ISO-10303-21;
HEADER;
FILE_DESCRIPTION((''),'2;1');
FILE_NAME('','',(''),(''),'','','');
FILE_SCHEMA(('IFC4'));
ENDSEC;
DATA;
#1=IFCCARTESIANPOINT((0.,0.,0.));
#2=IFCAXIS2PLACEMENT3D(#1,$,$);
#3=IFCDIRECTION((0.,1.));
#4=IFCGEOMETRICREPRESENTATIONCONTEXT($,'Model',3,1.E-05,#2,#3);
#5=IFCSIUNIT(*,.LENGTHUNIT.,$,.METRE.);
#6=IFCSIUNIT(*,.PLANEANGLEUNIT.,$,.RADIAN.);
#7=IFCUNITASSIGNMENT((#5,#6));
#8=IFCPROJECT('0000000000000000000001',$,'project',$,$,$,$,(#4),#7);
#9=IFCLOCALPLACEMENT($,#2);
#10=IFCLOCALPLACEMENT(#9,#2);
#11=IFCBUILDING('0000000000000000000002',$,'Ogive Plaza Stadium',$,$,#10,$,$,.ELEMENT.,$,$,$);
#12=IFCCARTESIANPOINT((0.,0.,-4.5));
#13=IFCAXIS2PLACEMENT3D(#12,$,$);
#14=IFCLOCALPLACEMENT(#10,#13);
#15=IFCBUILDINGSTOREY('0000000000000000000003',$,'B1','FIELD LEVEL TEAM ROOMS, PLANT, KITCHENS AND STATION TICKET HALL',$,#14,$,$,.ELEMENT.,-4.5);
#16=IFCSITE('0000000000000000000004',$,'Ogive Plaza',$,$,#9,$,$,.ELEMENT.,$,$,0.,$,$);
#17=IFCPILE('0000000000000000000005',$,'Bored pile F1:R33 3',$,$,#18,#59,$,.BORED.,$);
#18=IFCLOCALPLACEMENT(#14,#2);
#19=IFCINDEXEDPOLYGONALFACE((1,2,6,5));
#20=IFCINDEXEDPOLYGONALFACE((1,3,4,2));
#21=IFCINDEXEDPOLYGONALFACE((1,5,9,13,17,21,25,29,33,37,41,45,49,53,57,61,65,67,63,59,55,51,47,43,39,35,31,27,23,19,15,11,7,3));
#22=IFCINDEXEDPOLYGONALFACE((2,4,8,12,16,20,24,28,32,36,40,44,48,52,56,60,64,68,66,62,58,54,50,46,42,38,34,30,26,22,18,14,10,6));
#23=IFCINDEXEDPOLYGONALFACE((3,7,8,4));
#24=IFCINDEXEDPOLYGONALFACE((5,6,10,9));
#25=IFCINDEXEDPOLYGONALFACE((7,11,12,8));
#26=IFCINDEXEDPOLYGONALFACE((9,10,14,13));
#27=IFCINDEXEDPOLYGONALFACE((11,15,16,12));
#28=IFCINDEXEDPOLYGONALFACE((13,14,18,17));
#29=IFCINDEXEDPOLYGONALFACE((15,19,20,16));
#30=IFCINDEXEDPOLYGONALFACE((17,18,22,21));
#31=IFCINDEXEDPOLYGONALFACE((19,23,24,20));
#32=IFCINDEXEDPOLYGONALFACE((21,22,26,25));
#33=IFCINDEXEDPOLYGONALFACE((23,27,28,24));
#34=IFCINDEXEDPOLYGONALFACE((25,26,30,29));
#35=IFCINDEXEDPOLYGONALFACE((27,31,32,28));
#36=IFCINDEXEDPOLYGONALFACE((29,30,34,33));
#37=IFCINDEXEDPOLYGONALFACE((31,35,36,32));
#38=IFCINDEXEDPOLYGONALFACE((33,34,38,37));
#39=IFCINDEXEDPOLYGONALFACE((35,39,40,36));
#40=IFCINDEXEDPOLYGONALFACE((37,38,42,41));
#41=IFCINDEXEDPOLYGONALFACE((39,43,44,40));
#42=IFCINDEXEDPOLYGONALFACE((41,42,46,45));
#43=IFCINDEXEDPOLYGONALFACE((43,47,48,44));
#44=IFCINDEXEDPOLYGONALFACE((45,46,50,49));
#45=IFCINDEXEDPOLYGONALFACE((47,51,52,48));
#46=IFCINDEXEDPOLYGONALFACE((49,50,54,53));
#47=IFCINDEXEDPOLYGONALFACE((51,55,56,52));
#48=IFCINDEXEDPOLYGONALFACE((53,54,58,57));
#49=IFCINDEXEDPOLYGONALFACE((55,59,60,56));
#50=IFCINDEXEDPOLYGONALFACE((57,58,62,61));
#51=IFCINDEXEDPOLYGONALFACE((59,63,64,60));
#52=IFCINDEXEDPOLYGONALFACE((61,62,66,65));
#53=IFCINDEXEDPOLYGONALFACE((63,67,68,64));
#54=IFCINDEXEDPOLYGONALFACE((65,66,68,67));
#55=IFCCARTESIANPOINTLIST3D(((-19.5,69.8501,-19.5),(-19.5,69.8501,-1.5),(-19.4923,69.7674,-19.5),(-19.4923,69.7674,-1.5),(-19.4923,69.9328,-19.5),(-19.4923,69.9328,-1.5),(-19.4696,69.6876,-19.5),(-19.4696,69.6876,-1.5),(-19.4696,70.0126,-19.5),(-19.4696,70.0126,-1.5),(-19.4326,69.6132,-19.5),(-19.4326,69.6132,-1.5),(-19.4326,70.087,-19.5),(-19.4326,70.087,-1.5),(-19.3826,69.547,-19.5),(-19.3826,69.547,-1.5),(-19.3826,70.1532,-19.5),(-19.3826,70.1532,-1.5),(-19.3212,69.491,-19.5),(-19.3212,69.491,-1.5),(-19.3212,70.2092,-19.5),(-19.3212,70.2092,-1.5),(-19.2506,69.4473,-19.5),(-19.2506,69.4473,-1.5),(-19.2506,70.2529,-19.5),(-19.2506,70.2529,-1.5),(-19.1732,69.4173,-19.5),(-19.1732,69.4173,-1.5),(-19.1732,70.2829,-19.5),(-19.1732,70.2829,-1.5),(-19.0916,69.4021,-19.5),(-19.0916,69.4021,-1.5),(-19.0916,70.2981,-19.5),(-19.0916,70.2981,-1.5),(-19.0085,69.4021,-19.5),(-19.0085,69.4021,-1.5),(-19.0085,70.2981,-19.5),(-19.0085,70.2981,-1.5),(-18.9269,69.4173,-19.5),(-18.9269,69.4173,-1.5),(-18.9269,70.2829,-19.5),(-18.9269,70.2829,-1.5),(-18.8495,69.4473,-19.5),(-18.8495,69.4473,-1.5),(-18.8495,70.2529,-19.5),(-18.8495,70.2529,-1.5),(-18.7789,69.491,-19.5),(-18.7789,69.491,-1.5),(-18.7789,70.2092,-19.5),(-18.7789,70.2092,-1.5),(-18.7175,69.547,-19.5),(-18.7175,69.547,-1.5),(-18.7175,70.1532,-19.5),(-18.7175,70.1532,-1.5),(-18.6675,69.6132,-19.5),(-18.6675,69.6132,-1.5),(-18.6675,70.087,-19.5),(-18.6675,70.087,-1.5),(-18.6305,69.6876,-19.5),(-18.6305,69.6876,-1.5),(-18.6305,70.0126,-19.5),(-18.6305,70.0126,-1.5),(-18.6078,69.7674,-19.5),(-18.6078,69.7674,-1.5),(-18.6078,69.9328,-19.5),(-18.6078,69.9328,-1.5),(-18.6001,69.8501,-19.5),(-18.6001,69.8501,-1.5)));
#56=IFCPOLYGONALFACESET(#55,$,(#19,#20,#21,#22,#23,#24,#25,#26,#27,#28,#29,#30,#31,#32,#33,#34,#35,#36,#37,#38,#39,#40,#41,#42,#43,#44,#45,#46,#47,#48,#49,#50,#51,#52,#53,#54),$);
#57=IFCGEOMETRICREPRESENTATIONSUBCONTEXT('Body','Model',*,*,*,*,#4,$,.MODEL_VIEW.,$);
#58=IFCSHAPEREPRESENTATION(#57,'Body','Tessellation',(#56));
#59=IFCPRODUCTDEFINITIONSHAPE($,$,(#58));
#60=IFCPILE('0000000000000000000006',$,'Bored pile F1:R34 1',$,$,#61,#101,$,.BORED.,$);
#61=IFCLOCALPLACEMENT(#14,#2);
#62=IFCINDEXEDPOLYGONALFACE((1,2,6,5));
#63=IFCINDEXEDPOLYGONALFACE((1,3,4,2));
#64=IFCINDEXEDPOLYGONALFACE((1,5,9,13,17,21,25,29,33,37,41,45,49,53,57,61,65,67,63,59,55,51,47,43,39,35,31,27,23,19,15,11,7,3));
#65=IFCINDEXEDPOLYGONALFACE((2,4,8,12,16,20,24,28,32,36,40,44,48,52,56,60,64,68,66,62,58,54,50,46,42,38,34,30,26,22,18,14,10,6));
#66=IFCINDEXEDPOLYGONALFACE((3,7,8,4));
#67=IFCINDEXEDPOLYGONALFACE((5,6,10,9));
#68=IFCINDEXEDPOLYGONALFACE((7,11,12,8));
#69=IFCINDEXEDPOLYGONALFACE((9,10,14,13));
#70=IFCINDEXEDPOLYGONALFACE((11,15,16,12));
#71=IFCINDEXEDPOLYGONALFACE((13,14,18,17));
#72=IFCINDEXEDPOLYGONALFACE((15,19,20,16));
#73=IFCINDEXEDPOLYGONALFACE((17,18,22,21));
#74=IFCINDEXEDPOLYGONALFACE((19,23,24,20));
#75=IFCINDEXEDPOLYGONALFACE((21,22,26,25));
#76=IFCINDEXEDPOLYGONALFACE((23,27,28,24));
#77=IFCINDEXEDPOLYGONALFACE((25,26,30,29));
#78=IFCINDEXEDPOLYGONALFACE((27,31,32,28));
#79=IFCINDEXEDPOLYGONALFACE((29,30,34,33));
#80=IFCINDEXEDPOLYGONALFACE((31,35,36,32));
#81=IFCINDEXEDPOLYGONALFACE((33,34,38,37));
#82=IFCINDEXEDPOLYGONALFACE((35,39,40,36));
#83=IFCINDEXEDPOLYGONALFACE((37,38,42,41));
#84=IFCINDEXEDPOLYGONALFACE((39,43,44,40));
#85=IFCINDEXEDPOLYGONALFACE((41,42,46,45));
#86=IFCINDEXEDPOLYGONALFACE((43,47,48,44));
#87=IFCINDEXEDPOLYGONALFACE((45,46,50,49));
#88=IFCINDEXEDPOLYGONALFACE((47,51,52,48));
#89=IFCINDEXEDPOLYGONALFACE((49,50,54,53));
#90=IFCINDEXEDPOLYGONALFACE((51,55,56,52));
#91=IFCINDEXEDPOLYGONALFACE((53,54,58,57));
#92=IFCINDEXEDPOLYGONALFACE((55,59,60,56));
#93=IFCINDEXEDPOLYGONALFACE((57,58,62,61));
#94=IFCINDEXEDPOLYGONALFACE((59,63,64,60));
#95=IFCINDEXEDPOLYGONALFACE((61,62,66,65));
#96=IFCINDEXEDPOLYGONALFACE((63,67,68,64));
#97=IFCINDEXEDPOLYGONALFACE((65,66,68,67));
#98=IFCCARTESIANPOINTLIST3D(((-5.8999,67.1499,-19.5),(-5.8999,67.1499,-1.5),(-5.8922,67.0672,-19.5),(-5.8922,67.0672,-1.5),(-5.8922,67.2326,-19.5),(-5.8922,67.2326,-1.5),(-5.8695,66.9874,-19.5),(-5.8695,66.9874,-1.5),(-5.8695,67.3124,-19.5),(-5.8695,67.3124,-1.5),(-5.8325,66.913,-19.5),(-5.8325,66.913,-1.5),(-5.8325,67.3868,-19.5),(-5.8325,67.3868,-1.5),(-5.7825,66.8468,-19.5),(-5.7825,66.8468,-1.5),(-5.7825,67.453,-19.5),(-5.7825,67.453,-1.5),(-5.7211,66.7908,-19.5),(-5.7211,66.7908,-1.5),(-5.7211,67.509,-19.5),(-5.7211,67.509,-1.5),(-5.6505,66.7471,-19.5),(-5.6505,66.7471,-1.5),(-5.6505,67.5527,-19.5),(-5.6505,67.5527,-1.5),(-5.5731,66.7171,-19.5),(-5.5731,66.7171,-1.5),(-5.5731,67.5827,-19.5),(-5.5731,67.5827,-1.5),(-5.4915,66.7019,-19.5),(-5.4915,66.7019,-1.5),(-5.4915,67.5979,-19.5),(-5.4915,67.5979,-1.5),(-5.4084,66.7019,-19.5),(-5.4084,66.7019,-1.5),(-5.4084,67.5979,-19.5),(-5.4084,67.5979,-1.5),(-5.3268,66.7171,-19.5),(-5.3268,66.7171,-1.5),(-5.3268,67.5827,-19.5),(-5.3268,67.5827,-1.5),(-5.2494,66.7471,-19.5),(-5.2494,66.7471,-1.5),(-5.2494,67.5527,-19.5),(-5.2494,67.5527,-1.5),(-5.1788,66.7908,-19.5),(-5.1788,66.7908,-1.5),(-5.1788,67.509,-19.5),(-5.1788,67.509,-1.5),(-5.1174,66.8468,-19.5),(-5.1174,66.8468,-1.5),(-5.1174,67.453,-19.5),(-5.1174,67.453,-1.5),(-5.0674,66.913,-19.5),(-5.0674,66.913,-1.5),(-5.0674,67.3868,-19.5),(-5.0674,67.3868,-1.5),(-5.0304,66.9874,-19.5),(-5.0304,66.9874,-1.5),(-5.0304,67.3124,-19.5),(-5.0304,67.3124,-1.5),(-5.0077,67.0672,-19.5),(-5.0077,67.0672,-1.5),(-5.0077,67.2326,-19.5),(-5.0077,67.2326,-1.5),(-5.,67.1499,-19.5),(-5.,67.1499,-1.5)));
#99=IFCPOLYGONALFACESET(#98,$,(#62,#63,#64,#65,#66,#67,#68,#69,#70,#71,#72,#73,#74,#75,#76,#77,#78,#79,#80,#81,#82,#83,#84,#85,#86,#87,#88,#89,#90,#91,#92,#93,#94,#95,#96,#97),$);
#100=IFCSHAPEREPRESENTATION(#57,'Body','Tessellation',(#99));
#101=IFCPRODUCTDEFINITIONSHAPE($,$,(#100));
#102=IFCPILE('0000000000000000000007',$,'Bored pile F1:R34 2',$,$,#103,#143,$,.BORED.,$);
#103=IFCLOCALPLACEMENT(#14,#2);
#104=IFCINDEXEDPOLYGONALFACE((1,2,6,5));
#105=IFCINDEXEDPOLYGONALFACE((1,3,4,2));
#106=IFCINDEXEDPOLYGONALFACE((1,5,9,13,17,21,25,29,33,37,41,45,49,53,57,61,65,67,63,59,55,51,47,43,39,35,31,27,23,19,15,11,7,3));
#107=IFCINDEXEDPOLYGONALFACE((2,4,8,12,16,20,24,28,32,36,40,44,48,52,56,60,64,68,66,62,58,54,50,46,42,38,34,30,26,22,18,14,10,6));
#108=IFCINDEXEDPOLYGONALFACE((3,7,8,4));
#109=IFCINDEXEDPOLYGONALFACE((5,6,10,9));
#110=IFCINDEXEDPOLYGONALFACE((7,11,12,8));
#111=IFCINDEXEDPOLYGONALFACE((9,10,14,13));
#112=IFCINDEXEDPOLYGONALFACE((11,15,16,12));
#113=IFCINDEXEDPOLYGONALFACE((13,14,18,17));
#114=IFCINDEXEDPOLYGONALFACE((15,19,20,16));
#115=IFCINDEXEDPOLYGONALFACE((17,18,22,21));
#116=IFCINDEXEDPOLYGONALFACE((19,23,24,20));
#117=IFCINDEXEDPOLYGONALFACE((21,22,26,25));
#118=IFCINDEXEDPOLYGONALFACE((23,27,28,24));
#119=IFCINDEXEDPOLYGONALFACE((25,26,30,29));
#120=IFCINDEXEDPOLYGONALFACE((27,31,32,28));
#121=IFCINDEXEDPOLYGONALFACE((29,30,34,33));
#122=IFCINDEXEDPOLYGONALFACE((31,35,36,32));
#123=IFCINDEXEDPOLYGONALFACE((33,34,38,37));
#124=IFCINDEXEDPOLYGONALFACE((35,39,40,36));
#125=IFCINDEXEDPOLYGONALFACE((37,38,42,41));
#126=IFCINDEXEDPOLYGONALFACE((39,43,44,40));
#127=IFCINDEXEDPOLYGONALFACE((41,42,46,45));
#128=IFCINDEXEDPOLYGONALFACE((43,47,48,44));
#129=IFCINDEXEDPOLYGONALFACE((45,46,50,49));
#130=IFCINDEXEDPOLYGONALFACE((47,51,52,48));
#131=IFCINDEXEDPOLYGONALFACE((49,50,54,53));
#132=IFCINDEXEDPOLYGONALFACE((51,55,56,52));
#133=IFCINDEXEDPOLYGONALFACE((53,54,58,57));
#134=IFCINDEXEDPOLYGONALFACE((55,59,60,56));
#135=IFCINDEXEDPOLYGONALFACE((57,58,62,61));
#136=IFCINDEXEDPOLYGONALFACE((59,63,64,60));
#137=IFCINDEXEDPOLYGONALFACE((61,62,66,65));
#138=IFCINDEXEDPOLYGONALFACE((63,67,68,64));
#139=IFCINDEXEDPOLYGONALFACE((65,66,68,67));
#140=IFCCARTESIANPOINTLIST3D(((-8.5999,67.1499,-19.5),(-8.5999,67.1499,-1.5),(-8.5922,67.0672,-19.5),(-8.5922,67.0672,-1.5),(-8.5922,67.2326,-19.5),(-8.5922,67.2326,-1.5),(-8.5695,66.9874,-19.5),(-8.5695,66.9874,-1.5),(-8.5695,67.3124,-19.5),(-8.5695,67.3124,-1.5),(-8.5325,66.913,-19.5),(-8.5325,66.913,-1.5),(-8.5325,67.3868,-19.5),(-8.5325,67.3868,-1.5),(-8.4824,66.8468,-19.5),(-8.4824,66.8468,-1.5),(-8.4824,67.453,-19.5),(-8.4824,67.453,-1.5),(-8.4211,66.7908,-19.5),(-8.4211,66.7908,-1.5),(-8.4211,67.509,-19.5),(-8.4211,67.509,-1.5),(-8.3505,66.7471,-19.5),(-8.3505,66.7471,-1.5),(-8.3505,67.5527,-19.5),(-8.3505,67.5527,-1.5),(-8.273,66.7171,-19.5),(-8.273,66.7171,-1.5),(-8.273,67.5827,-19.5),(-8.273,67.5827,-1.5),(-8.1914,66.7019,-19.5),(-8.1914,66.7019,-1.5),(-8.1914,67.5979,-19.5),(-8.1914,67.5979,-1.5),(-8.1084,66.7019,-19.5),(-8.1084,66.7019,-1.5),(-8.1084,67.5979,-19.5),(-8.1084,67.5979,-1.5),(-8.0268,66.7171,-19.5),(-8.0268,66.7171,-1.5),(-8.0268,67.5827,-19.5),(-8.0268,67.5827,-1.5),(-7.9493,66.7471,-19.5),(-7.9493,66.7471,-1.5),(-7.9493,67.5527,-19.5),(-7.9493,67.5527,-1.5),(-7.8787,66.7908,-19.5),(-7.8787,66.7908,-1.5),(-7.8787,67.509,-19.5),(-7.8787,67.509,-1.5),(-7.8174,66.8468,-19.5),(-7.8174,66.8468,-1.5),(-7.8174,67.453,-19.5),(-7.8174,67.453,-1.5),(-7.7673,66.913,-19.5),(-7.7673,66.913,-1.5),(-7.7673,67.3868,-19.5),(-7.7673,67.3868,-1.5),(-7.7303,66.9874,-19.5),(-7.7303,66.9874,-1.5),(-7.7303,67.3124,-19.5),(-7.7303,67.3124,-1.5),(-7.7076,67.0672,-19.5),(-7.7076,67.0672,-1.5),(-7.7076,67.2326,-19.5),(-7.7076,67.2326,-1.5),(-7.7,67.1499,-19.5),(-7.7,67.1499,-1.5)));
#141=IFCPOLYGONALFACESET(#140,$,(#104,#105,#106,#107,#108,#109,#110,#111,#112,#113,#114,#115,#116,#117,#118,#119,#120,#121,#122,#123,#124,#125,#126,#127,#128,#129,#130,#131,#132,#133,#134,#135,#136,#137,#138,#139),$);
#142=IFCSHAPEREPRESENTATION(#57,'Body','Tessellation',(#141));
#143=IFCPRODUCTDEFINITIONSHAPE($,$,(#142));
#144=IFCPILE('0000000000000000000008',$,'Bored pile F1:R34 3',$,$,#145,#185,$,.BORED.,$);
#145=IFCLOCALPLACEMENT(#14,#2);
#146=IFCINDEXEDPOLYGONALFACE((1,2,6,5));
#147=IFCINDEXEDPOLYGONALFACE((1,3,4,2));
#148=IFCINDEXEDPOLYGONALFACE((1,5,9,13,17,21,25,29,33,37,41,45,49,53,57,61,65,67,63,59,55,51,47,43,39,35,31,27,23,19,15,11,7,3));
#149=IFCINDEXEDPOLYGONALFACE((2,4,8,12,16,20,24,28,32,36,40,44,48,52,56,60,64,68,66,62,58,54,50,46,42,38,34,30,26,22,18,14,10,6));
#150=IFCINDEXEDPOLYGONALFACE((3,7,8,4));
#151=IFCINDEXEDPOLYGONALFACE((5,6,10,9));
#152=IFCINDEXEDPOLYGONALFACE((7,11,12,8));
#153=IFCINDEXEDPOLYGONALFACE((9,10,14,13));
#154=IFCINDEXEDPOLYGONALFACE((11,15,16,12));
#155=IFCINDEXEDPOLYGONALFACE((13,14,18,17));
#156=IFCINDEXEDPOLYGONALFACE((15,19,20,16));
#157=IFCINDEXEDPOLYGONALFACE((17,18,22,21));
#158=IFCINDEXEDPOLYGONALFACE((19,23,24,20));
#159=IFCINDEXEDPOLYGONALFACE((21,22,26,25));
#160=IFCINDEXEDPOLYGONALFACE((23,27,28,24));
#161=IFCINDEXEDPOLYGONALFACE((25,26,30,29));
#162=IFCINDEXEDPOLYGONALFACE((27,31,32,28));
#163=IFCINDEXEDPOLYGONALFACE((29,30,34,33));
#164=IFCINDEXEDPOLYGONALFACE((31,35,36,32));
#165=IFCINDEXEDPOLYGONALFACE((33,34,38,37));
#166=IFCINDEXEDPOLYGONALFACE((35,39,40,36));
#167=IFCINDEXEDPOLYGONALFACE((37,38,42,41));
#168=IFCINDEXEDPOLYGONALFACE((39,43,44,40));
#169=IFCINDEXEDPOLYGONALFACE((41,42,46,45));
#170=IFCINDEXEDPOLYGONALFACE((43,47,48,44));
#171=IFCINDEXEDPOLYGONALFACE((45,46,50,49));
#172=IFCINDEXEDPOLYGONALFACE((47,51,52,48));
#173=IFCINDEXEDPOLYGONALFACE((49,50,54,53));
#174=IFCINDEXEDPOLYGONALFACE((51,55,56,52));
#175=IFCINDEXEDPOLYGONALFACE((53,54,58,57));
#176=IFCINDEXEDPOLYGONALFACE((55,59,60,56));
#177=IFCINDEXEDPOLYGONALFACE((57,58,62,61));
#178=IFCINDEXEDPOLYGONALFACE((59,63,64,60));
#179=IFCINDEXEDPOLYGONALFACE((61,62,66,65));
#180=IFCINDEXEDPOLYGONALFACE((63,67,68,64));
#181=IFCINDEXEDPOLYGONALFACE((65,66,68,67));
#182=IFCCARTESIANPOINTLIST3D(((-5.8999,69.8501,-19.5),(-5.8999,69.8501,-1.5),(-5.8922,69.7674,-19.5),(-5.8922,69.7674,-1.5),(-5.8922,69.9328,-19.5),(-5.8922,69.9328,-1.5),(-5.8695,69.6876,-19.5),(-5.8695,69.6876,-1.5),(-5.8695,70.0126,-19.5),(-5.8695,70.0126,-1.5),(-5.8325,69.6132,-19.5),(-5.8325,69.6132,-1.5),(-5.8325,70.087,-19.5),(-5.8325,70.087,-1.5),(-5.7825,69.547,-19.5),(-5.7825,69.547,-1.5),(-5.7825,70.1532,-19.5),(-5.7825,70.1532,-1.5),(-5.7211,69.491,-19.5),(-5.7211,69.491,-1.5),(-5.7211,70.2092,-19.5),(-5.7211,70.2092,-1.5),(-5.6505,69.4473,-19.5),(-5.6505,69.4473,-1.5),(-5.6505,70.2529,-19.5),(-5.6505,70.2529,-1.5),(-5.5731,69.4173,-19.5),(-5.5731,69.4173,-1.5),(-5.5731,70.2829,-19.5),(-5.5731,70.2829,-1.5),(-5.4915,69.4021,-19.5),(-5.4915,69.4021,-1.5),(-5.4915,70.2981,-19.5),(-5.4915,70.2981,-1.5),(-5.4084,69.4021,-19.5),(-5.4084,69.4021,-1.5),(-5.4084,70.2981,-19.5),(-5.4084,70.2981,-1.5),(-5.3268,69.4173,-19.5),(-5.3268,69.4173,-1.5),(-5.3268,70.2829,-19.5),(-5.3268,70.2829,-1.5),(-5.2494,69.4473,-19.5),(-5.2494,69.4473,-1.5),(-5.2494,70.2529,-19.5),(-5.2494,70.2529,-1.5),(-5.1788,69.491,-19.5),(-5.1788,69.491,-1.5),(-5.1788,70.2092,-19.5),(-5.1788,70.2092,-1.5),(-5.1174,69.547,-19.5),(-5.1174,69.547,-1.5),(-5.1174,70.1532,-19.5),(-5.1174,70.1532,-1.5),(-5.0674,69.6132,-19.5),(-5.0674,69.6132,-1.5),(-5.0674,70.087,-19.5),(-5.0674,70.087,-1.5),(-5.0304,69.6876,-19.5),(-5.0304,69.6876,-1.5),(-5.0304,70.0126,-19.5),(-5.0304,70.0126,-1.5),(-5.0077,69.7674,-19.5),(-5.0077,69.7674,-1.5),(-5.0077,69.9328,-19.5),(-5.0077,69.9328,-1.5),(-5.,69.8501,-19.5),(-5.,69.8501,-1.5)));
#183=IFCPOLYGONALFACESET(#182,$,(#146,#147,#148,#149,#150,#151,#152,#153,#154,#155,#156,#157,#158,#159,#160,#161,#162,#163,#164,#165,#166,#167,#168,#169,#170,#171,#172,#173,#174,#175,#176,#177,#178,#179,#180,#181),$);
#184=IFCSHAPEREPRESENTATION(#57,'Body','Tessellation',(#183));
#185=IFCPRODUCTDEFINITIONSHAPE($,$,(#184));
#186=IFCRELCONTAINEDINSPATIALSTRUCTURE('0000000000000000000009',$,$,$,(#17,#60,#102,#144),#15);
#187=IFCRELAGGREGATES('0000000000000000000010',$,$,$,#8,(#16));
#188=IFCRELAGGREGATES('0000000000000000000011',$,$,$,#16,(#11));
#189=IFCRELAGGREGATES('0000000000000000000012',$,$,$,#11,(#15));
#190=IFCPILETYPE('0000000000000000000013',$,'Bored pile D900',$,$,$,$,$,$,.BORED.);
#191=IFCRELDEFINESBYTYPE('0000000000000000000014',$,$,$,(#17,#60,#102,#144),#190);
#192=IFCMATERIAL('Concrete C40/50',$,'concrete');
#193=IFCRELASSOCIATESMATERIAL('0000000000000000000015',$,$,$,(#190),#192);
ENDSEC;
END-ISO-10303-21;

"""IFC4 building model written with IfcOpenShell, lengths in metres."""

from ifc_helpers import new_model, si_unit, direction, frame, origin, origin_2d, place, context, subcontext, project, spatial, circle, extrude, material, material_profile, profile_set, type_object, element, save


model = new_model("IFC4")

# Units and contexts
model_context = context("Model", 3, precision=1e-05, world=origin(), true_north=direction((0.0, 1.0)))
body_context = subcontext(model_context, "Body", "Model", "MODEL_VIEW")
ifc_project = project(units=[si_unit("LENGTHUNIT", "METRE"), si_unit("PLANEANGLEUNIT", "RADIAN")], contexts=[model_context])

# Site, building, storey
site_placement = place(None, origin())
site = spatial("IfcSite", under=ifc_project, at=site_placement, Name="Ogive Plaza", CompositionType="ELEMENT", RefElevation=0.0)
building_placement = place(site_placement, origin())
building = spatial("IfcBuilding", under=site, at=building_placement, Name="Ogive Plaza Stadium", CompositionType="ELEMENT")
storey_placement = place(building_placement, frame((0.0, 0.0, -4.5)))
storey = spatial("IfcBuildingStorey", under=building, at=storey_placement, Name="B1", Description="FIELD LEVEL TEAM ROOMS, PLANT, KITCHENS AND STATION TICKET HALL", CompositionType="ELEMENT", Elevation=-4.5)

# Piles
ifc_material_1 = material(Name="Concrete C40/50", Category="concrete")
ifc_material_profile_1 = material_profile(ifc_material_1, circle(Radius=0.45, at=origin_2d()), Name="RC D900")
ifc_profile_set_1 = profile_set([ifc_material_profile_1], Name="Concrete C40/50")
pile_type_1 = type_object("IfcPileType", Name="Bored pile D900", PredefinedType="BORED", material=ifc_profile_set_1)
for number, where, z_axis, x_axis, name in (
    (1, (-19.05, 69.8501, -1.5), (0.0, 0.0, -1.0), (1.0, 0.0, 0.0), "Bored pile F1:R33 3"),
    (2, (-5.45, 67.1499, -1.5), (0.0, 0.0, -1.0), (1.0, 0.0, 0.0), "Bored pile F1:R34 1"),
    (3, (-8.1499, 67.1499, -1.5), (0.0, 0.0, -1.0), (1.0, 0.0, 0.0), "Bored pile F1:R34 2"),
    (4, (-5.45, 69.8501, -1.5), (0.0, 0.0, -1.0), (1.0, 0.0, 0.0), "Bored pile F1:R34 3"),
):
    element("IfcPile", number, at=place(storey_placement, frame(where, z_axis=z_axis, x_axis=x_axis)), inside=storey, type_object=pile_type_1, Name=name, PredefinedType="BORED", context=body_context, shape_type="SweptSolid", body=[
        extrude(circle(Radius=0.45, at=origin_2d()), origin(), (0.0, 0.0, 1.0), 18.0),
    ])

save(model, "model.ifc")
